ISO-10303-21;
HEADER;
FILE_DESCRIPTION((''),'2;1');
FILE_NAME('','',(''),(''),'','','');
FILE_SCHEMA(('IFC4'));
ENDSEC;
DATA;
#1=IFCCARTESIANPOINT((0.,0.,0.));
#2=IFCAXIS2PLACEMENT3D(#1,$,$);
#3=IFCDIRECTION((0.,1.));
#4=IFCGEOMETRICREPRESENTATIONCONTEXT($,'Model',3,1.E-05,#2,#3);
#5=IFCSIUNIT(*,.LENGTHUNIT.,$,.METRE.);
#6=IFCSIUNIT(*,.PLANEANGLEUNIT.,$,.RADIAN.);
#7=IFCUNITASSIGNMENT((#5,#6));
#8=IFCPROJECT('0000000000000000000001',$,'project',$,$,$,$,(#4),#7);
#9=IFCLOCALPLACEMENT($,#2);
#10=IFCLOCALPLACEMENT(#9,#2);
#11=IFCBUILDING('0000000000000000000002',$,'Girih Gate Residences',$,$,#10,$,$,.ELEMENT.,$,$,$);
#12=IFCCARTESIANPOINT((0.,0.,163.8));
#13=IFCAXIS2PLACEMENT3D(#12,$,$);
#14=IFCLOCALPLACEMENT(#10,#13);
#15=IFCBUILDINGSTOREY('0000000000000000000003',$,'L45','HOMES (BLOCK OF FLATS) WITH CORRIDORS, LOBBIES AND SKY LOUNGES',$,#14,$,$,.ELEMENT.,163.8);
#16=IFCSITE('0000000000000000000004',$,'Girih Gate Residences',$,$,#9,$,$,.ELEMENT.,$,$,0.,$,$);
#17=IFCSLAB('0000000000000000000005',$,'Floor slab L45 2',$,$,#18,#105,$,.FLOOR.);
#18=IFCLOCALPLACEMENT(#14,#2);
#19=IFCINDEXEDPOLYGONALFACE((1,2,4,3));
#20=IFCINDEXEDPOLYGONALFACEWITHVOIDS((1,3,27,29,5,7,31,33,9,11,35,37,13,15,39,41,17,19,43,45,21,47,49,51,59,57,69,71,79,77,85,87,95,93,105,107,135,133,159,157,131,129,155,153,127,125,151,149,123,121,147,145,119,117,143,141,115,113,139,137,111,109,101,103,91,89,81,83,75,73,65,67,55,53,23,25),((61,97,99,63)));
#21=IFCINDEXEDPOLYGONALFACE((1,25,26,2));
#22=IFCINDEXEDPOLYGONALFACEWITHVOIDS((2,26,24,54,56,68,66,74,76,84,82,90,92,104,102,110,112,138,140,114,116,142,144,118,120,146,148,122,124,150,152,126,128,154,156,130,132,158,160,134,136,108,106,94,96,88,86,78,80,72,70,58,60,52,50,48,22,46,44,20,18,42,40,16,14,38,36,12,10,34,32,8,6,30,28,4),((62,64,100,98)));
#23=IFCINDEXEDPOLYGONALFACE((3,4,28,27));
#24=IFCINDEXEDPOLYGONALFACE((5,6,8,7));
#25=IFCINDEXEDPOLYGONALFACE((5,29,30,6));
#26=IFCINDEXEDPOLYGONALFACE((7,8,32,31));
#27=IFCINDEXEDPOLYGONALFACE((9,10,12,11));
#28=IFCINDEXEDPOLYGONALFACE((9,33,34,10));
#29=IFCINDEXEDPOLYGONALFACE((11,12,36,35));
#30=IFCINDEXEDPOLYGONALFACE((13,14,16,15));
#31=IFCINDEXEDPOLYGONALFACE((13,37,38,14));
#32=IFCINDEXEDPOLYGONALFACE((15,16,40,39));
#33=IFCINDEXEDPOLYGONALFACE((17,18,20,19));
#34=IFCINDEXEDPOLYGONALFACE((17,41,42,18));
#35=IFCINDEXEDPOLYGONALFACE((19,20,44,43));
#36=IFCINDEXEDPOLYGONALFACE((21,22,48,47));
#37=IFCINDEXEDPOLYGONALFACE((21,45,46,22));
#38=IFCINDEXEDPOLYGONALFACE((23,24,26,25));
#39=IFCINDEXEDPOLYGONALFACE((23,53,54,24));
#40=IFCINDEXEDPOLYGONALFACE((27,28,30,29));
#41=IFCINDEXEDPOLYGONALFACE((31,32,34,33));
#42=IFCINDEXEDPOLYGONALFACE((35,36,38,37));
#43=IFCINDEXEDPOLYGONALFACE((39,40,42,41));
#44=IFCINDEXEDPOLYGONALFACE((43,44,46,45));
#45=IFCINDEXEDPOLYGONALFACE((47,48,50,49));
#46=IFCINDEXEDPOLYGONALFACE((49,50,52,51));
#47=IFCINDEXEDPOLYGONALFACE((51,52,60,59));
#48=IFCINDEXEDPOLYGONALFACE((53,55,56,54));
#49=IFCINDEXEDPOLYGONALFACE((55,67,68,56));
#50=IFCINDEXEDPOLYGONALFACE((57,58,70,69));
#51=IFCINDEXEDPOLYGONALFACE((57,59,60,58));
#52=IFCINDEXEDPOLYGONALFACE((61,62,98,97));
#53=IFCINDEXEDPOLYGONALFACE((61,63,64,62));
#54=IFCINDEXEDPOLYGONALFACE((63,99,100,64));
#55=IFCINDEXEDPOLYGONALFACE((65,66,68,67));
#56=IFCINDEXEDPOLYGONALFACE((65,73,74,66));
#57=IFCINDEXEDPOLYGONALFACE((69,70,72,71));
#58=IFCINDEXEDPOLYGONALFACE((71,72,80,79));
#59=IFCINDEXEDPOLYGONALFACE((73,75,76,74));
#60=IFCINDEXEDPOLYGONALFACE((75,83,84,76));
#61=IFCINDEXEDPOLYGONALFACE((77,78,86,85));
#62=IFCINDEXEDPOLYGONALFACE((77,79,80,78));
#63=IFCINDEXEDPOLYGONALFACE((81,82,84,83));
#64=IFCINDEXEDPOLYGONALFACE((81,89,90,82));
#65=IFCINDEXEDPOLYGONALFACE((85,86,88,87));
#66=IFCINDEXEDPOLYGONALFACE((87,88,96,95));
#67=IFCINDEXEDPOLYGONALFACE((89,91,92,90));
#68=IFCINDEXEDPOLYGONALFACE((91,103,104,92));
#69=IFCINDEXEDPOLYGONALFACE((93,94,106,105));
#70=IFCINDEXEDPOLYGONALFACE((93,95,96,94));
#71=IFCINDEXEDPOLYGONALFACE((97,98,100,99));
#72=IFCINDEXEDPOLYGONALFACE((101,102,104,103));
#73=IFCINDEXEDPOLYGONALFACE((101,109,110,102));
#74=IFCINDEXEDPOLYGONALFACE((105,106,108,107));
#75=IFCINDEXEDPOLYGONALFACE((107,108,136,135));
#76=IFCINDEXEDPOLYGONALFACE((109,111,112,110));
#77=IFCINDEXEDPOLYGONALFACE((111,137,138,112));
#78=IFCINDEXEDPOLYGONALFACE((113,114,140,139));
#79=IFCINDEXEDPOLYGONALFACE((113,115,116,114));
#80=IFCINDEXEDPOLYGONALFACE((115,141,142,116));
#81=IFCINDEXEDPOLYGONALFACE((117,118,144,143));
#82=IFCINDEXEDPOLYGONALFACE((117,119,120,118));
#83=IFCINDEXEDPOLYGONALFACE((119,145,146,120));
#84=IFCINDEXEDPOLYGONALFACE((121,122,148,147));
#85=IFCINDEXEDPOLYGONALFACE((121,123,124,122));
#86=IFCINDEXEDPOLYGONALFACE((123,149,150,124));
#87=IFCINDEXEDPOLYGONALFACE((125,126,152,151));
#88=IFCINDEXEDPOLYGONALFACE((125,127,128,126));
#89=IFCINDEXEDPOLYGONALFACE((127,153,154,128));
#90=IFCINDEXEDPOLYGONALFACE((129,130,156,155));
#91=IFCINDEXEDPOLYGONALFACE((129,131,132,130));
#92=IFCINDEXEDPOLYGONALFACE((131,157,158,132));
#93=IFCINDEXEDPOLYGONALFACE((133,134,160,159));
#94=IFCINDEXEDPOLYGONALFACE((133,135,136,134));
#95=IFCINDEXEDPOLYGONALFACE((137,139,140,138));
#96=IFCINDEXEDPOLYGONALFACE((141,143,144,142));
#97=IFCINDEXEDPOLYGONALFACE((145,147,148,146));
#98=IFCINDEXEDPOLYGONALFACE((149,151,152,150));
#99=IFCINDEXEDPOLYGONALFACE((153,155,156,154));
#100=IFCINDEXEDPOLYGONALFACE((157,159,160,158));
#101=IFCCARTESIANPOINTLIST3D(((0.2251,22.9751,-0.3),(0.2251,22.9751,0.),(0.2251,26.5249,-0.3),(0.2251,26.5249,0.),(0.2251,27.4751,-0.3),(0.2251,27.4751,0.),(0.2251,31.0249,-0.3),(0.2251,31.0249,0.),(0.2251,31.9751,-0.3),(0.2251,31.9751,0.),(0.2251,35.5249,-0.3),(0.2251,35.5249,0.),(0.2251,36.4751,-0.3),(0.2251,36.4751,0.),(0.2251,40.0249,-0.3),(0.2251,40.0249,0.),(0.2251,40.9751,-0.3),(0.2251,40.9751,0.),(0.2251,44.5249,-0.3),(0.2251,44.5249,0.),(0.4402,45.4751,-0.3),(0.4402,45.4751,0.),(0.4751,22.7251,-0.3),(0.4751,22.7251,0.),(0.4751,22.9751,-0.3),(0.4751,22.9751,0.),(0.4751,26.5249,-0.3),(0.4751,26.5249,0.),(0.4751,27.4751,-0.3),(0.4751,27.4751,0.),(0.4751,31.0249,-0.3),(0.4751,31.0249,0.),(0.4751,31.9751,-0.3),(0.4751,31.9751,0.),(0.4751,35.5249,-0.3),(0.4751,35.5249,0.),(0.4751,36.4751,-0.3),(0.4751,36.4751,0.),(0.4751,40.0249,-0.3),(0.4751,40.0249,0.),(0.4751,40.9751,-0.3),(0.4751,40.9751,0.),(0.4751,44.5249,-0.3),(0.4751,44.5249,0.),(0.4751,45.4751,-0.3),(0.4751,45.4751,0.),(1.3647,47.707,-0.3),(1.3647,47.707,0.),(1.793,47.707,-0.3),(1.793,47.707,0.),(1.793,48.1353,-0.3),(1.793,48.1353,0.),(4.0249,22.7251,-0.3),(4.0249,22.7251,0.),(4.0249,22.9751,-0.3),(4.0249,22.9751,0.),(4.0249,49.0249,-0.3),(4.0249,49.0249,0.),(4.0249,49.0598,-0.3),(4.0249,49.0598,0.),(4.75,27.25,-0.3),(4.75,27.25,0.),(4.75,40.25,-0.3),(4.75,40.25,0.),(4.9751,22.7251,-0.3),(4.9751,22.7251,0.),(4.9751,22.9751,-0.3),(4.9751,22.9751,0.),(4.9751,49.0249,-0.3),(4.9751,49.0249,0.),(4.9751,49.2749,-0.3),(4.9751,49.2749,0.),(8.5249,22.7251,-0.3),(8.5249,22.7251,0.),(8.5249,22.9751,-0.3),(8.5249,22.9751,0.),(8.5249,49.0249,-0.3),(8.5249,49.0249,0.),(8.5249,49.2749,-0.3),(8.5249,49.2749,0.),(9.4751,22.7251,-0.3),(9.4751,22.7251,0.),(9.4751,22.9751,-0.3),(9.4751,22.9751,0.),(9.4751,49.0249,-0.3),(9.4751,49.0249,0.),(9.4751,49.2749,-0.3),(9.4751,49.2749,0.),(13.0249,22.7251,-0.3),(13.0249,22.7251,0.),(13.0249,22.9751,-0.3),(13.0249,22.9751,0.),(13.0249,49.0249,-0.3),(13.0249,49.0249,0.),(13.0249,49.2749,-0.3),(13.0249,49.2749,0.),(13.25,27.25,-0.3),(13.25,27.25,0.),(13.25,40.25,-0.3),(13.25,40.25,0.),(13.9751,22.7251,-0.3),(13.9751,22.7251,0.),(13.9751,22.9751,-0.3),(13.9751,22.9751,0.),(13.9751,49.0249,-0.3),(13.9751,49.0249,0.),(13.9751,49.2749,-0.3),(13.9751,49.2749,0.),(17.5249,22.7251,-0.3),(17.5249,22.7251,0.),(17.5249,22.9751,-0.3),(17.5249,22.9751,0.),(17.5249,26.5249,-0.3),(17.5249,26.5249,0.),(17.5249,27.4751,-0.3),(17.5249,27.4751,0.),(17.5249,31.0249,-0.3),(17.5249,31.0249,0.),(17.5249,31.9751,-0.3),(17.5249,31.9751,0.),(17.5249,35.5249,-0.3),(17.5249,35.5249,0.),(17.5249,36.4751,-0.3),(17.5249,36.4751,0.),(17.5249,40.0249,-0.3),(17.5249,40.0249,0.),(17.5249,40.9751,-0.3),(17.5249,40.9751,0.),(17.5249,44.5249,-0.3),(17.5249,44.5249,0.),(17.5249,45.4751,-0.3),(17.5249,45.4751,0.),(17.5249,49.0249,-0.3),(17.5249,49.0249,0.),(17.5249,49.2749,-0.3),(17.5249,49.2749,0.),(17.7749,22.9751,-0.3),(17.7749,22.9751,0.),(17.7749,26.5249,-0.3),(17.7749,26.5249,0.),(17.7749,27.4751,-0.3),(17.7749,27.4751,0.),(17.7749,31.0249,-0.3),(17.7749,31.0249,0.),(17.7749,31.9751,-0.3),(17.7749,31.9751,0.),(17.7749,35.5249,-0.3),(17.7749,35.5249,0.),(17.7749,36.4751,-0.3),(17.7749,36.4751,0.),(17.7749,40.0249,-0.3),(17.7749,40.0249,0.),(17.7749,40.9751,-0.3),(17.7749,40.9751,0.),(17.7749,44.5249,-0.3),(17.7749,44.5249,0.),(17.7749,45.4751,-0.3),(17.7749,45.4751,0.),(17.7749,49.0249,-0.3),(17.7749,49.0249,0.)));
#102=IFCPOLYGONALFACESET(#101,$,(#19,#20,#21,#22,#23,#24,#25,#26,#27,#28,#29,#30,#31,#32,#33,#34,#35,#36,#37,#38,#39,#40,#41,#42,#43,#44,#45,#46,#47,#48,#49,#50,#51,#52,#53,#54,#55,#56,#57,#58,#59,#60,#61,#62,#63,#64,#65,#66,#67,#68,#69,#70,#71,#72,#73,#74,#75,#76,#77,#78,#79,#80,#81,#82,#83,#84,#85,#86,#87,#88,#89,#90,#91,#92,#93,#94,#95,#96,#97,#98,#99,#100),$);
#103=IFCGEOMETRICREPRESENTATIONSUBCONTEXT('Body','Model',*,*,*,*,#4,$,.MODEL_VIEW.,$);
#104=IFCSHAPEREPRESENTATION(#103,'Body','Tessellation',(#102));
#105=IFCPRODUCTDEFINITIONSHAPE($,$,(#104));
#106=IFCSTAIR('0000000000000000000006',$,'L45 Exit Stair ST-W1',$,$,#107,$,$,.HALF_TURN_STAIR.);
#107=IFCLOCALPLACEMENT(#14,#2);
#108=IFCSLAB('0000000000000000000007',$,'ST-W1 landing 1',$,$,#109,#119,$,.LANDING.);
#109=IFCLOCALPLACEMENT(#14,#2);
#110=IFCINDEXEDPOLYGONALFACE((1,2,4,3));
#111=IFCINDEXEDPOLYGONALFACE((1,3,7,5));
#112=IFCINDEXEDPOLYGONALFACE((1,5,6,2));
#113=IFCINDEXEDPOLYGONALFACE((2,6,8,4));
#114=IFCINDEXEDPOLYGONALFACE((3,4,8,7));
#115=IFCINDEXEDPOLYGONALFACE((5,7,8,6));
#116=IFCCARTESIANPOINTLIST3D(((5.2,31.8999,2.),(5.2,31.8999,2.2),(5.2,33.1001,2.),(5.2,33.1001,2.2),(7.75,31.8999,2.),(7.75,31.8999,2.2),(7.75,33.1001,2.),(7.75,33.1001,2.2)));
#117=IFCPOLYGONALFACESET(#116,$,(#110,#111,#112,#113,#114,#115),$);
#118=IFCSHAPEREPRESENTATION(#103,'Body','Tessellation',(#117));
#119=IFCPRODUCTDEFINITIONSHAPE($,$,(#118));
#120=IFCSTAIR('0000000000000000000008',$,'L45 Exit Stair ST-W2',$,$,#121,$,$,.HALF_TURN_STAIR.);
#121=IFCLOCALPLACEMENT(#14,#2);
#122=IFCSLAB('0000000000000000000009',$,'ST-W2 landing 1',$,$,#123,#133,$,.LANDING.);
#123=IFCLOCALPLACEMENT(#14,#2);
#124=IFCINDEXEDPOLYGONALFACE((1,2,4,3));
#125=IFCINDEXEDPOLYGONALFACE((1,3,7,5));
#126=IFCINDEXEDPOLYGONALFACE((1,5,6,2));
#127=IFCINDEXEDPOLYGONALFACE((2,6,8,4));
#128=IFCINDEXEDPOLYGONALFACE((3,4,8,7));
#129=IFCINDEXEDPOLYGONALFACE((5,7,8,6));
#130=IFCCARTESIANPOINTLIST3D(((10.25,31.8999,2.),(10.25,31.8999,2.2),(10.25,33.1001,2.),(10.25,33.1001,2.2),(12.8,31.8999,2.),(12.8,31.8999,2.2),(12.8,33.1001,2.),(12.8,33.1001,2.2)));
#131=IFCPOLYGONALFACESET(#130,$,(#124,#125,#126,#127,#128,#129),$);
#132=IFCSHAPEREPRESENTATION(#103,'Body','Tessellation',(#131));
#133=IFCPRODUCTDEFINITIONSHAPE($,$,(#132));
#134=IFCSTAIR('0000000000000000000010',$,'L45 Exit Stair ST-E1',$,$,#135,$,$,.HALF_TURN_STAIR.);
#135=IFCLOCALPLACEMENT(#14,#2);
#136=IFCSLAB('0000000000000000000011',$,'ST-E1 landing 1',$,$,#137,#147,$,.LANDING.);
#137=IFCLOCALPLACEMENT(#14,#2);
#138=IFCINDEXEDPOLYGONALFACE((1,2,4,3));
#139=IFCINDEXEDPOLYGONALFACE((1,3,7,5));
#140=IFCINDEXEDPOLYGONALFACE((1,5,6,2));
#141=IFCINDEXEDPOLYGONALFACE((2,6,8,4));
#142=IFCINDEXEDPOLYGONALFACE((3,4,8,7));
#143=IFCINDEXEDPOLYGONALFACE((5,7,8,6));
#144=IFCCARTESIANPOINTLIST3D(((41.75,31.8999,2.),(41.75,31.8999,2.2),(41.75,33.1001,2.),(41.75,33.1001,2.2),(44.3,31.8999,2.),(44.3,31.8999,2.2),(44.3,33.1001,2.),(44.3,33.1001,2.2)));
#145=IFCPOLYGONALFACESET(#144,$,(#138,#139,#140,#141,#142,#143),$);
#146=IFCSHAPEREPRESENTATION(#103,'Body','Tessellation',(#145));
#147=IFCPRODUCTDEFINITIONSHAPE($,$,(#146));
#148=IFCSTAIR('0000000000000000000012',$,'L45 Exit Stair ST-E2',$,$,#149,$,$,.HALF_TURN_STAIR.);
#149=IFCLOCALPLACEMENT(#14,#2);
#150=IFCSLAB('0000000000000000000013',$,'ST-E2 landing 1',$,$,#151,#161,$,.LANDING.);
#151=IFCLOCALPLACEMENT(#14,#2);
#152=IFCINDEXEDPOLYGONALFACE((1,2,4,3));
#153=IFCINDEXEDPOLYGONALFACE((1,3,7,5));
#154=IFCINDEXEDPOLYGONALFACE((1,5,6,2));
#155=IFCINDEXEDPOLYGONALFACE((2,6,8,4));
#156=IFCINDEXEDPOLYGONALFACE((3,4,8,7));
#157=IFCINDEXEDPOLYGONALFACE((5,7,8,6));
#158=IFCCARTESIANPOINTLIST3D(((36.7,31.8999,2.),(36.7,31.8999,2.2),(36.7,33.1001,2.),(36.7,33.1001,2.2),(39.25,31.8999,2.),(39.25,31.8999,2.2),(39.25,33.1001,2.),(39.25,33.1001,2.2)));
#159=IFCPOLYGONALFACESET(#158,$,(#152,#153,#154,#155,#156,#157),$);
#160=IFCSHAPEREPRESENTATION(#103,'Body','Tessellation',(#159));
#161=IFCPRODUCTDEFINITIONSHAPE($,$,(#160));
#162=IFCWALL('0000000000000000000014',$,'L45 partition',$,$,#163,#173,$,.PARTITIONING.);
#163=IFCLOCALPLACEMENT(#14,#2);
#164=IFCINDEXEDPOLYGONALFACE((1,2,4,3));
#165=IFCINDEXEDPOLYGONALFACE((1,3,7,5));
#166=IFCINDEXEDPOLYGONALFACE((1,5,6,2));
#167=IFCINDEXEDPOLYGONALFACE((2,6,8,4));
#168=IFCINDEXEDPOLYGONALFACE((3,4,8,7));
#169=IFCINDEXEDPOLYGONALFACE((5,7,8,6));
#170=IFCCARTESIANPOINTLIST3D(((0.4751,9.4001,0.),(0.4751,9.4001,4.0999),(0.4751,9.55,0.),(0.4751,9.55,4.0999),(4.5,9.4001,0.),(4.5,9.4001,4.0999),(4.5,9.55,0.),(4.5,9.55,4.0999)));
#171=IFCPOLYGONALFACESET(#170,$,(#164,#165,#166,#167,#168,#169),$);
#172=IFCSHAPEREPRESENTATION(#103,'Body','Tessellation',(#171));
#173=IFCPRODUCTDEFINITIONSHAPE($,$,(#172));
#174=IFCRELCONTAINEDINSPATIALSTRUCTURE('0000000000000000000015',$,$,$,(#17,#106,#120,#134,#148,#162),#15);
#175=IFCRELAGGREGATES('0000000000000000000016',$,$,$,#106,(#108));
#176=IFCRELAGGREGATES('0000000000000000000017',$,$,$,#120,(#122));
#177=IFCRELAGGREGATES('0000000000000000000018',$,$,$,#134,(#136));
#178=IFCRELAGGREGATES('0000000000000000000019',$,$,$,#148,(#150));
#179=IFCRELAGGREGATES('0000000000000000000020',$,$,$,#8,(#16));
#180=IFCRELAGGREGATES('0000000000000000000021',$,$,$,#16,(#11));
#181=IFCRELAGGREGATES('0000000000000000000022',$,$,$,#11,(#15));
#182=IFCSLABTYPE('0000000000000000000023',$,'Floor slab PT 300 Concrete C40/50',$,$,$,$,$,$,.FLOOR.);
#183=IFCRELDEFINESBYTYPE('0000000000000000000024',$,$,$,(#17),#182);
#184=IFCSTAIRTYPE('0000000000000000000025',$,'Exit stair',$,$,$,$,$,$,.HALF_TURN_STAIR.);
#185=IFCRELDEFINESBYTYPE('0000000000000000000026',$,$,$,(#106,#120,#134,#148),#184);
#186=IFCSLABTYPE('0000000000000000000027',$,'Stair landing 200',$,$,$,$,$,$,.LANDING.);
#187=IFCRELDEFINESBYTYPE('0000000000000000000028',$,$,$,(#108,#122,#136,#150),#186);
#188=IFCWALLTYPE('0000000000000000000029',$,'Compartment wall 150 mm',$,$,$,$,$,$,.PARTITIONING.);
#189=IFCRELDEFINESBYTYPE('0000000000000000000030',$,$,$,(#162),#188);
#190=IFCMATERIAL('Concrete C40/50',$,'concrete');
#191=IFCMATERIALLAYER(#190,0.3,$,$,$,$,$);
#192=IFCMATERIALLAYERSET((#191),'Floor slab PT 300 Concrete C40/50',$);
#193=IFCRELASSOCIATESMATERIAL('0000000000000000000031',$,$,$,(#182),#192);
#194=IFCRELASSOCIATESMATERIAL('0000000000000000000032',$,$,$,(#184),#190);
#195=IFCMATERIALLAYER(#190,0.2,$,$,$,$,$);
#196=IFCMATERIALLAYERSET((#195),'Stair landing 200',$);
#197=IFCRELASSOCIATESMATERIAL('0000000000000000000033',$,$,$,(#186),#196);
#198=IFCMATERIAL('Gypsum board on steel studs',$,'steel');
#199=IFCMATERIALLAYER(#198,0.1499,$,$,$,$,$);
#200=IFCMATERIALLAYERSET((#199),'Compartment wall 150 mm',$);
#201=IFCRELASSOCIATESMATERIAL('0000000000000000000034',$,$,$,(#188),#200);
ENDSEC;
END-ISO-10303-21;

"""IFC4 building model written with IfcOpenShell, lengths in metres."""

from ifc_helpers import new_model, si_unit, direction, frame, frame_2d, origin, place, context, subcontext, project, spatial, polyline, rectangle, outline, extrude, material, layer, layer_set, type_object, element, aggregate, save


model = new_model("IFC4")

# Units and contexts
model_context = context("Model", 3, precision=1e-05, world=origin(), true_north=direction((0.0, 1.0)))
body_context = subcontext(model_context, "Body", "Model", "MODEL_VIEW")
ifc_project = project(units=[si_unit("LENGTHUNIT", "METRE"), si_unit("PLANEANGLEUNIT", "RADIAN")], contexts=[model_context])

# Site, building, storey
site_placement = place(None, origin())
site = spatial("IfcSite", under=ifc_project, at=site_placement, Name="Girih Gate Residences", CompositionType="ELEMENT", RefElevation=0.0)
building_placement = place(site_placement, origin())
building = spatial("IfcBuilding", under=site, at=building_placement, Name="Girih Gate Residences", CompositionType="ELEMENT")
storey_placement = place(building_placement, frame((0.0, 0.0, 163.8)))
storey = spatial("IfcBuildingStorey", under=building, at=storey_placement, Name="L45", Description="HOMES (BLOCK OF FLATS) WITH CORRIDORS, LOBBIES AND SKY LOUNGES", CompositionType="ELEMENT", Elevation=163.8)

# Slab
ifc_material_1 = material(Name="Concrete C40/50", Category="concrete")
ifc_layer_1 = layer(ifc_material_1, 0.3)
ifc_layer_set_1 = layer_set([ifc_layer_1], Name="Floor slab PT 300 Concrete C40/50")
slab_type_1 = type_object("IfcSlabType", Name="Floor slab PT 300 Concrete C40/50", PredefinedType="FLOOR", material=ifc_layer_set_1)
slab_1_placement = place(storey_placement, frame((0.0, 0.0, -0.3)))
element("IfcSlab", 1, at=slab_1_placement, inside=storey, type_object=slab_type_1, Name="Floor slab L45 2", PredefinedType="FLOOR", context=body_context, shape_type="SweptSolid", body=[
    extrude(outline(polyline([(0.2251, 26.5249), (0.2251, 22.9751), (0.4751, 22.9751), (0.4751, 22.7251), (4.0249, 22.7251), (4.0249, 22.9751), (4.9751, 22.9751), (4.9751, 22.7251), (8.5249, 22.7251), (8.5249, 22.9751), (9.4751, 22.9751), (9.4751, 22.7251), (13.0249, 22.7251), (13.0249, 22.9751), (13.9751, 22.9751), (13.9751, 22.7251), (17.5249, 22.7251), (17.5249, 22.9751), (17.7749, 22.9751), (17.7749, 26.5249), (17.5249, 26.5249), (17.5249, 27.4751), (17.7749, 27.4751), (17.7749, 31.0249), (17.5249, 31.0249), (17.5249, 31.9751), (17.7749, 31.9751), (17.7749, 35.5249), (17.5249, 35.5249), (17.5249, 36.4751), (17.7749, 36.4751), (17.7749, 40.0249), (17.5249, 40.0249), (17.5249, 40.9751), (17.7749, 40.9751), (17.7749, 44.5249), (17.5249, 44.5249), (17.5249, 45.4751), (17.7749, 45.4751), (17.7749, 49.0249), (17.5249, 49.0249), (17.5249, 49.2749), (13.9751, 49.2749), (13.9751, 49.0249), (13.0249, 49.0249), (13.0249, 49.2749), (9.4751, 49.2749), (9.4751, 49.0249), (8.5249, 49.0249), (8.5249, 49.2749), (4.9751, 49.2749), (4.9751, 49.0249), (4.0249, 49.0249), (4.0249, 49.0598), (1.793, 48.1353), (1.793, 47.707), (1.3647, 47.707), (0.4402, 45.4751), (0.4751, 45.4751), (0.4751, 44.5249), (0.2251, 44.5249), (0.2251, 40.9751), (0.4751, 40.9751), (0.4751, 40.0249), (0.2251, 40.0249), (0.2251, 36.4751), (0.4751, 36.4751), (0.4751, 35.5249), (0.2251, 35.5249), (0.2251, 31.9751), (0.4751, 31.9751), (0.4751, 31.0249), (0.2251, 31.0249), (0.2251, 27.4751), (0.4751, 27.4751), (0.4751, 26.5249), (0.2251, 26.5249)]), holes=[polyline([(13.25, 40.25), (13.25, 27.25), (4.75, 27.25), (4.75, 40.25), (13.25, 40.25)])]), origin(), (0.0, 0.0, 1.0), 0.3),
])

# Stairs, slabs
stair_type = type_object("IfcStairType", Name="Exit stair", PredefinedType="HALF_TURN_STAIR", material=ifc_material_1)
stair_1_placement = place(storey_placement, origin())
stair_1 = element("IfcStair", 2, at=stair_1_placement, inside=storey, type_object=stair_type, Name="L45 Exit Stair ST-W1", PredefinedType="HALF_TURN_STAIR")
ifc_layer_2 = layer(ifc_material_1, 0.2)
ifc_layer_set_2 = layer_set([ifc_layer_2], Name="Stair landing 200")
slab_type_2 = type_object("IfcSlabType", Name="Stair landing 200", PredefinedType="LANDING", material=ifc_layer_set_2)
slab_2_placement = place(storey_placement, frame((0.0, 0.0, 2.0)))
slab_2 = element("IfcSlab", 3, at=slab_2_placement, type_object=slab_type_2, Name="ST-W1 landing 1", PredefinedType="LANDING", context=body_context, shape_type="SweptSolid", body=[
    extrude(outline(polyline([(7.75, 31.8999), (7.75, 33.1001), (5.2, 33.1001), (5.2, 31.8999), (7.75, 31.8999)])), origin(), (0.0, 0.0, 1.0), 0.2),
])
aggregate(stair_1, [slab_2])
stair_2_placement = place(storey_placement, origin())
stair_2 = element("IfcStair", 4, at=stair_2_placement, inside=storey, type_object=stair_type, Name="L45 Exit Stair ST-W2", PredefinedType="HALF_TURN_STAIR")
slab_3_placement = place(storey_placement, frame((0.0, 0.0, 2.0)))
slab_3 = element("IfcSlab", 5, at=slab_3_placement, type_object=slab_type_2, Name="ST-W2 landing 1", PredefinedType="LANDING", context=body_context, shape_type="SweptSolid", body=[
    extrude(outline(polyline([(12.8, 31.8999), (12.8, 33.1001), (10.25, 33.1001), (10.25, 31.8999), (12.8, 31.8999)])), origin(), (0.0, 0.0, 1.0), 0.2),
])
aggregate(stair_2, [slab_3])
stair_3_placement = place(storey_placement, origin())
stair_3 = element("IfcStair", 6, at=stair_3_placement, inside=storey, type_object=stair_type, Name="L45 Exit Stair ST-E1", PredefinedType="HALF_TURN_STAIR")
slab_4_placement = place(storey_placement, frame((0.0, 0.0, 2.0)))
slab_4 = element("IfcSlab", 7, at=slab_4_placement, type_object=slab_type_2, Name="ST-E1 landing 1", PredefinedType="LANDING", context=body_context, shape_type="SweptSolid", body=[
    extrude(outline(polyline([(44.3, 31.8999), (44.3, 33.1001), (41.75, 33.1001), (41.75, 31.8999), (44.3, 31.8999)])), origin(), (0.0, 0.0, 1.0), 0.2),
])
aggregate(stair_3, [slab_4])
stair_4_placement = place(storey_placement, origin())
stair_4 = element("IfcStair", 8, at=stair_4_placement, inside=storey, type_object=stair_type, Name="L45 Exit Stair ST-E2", PredefinedType="HALF_TURN_STAIR")
slab_5_placement = place(storey_placement, frame((0.0, 0.0, 2.0)))
slab_5 = element("IfcSlab", 9, at=slab_5_placement, type_object=slab_type_2, Name="ST-E2 landing 1", PredefinedType="LANDING", context=body_context, shape_type="SweptSolid", body=[
    extrude(outline(polyline([(39.25, 31.8999), (39.25, 33.1001), (36.7, 33.1001), (36.7, 31.8999), (39.25, 31.8999)])), origin(), (0.0, 0.0, 1.0), 0.2),
])
aggregate(stair_4, [slab_5])

# Wall
ifc_material_2 = material(Name="Gypsum board on steel studs", Category="steel")
ifc_layer_3 = layer(ifc_material_2, 0.1499)
ifc_layer_set_3 = layer_set([ifc_layer_3], Name="Compartment wall 150 mm")
wall_type_1 = type_object("IfcWallType", Name="Compartment wall 150 mm", PredefinedType="PARTITIONING", material=ifc_layer_set_3)
wall_1_placement = place(storey_placement, frame((0.4751, 9.4751, 0.0), z_axis=(0.0, 0.0, 1.0), x_axis=(1.0, 0.0, 0.0)))
element("IfcWall", 10, at=wall_1_placement, inside=storey, type_object=wall_type_1, Name="L45 partition", PredefinedType="PARTITIONING", context=body_context, shape_type="SweptSolid", body=[
    extrude(rectangle(XDim=4.0249, YDim=0.1499, at=frame_2d((2.0125, 0.0))), origin(), (0.0, 0.0, 1.0), 4.0999),
])

save(model, "model.ifc")
